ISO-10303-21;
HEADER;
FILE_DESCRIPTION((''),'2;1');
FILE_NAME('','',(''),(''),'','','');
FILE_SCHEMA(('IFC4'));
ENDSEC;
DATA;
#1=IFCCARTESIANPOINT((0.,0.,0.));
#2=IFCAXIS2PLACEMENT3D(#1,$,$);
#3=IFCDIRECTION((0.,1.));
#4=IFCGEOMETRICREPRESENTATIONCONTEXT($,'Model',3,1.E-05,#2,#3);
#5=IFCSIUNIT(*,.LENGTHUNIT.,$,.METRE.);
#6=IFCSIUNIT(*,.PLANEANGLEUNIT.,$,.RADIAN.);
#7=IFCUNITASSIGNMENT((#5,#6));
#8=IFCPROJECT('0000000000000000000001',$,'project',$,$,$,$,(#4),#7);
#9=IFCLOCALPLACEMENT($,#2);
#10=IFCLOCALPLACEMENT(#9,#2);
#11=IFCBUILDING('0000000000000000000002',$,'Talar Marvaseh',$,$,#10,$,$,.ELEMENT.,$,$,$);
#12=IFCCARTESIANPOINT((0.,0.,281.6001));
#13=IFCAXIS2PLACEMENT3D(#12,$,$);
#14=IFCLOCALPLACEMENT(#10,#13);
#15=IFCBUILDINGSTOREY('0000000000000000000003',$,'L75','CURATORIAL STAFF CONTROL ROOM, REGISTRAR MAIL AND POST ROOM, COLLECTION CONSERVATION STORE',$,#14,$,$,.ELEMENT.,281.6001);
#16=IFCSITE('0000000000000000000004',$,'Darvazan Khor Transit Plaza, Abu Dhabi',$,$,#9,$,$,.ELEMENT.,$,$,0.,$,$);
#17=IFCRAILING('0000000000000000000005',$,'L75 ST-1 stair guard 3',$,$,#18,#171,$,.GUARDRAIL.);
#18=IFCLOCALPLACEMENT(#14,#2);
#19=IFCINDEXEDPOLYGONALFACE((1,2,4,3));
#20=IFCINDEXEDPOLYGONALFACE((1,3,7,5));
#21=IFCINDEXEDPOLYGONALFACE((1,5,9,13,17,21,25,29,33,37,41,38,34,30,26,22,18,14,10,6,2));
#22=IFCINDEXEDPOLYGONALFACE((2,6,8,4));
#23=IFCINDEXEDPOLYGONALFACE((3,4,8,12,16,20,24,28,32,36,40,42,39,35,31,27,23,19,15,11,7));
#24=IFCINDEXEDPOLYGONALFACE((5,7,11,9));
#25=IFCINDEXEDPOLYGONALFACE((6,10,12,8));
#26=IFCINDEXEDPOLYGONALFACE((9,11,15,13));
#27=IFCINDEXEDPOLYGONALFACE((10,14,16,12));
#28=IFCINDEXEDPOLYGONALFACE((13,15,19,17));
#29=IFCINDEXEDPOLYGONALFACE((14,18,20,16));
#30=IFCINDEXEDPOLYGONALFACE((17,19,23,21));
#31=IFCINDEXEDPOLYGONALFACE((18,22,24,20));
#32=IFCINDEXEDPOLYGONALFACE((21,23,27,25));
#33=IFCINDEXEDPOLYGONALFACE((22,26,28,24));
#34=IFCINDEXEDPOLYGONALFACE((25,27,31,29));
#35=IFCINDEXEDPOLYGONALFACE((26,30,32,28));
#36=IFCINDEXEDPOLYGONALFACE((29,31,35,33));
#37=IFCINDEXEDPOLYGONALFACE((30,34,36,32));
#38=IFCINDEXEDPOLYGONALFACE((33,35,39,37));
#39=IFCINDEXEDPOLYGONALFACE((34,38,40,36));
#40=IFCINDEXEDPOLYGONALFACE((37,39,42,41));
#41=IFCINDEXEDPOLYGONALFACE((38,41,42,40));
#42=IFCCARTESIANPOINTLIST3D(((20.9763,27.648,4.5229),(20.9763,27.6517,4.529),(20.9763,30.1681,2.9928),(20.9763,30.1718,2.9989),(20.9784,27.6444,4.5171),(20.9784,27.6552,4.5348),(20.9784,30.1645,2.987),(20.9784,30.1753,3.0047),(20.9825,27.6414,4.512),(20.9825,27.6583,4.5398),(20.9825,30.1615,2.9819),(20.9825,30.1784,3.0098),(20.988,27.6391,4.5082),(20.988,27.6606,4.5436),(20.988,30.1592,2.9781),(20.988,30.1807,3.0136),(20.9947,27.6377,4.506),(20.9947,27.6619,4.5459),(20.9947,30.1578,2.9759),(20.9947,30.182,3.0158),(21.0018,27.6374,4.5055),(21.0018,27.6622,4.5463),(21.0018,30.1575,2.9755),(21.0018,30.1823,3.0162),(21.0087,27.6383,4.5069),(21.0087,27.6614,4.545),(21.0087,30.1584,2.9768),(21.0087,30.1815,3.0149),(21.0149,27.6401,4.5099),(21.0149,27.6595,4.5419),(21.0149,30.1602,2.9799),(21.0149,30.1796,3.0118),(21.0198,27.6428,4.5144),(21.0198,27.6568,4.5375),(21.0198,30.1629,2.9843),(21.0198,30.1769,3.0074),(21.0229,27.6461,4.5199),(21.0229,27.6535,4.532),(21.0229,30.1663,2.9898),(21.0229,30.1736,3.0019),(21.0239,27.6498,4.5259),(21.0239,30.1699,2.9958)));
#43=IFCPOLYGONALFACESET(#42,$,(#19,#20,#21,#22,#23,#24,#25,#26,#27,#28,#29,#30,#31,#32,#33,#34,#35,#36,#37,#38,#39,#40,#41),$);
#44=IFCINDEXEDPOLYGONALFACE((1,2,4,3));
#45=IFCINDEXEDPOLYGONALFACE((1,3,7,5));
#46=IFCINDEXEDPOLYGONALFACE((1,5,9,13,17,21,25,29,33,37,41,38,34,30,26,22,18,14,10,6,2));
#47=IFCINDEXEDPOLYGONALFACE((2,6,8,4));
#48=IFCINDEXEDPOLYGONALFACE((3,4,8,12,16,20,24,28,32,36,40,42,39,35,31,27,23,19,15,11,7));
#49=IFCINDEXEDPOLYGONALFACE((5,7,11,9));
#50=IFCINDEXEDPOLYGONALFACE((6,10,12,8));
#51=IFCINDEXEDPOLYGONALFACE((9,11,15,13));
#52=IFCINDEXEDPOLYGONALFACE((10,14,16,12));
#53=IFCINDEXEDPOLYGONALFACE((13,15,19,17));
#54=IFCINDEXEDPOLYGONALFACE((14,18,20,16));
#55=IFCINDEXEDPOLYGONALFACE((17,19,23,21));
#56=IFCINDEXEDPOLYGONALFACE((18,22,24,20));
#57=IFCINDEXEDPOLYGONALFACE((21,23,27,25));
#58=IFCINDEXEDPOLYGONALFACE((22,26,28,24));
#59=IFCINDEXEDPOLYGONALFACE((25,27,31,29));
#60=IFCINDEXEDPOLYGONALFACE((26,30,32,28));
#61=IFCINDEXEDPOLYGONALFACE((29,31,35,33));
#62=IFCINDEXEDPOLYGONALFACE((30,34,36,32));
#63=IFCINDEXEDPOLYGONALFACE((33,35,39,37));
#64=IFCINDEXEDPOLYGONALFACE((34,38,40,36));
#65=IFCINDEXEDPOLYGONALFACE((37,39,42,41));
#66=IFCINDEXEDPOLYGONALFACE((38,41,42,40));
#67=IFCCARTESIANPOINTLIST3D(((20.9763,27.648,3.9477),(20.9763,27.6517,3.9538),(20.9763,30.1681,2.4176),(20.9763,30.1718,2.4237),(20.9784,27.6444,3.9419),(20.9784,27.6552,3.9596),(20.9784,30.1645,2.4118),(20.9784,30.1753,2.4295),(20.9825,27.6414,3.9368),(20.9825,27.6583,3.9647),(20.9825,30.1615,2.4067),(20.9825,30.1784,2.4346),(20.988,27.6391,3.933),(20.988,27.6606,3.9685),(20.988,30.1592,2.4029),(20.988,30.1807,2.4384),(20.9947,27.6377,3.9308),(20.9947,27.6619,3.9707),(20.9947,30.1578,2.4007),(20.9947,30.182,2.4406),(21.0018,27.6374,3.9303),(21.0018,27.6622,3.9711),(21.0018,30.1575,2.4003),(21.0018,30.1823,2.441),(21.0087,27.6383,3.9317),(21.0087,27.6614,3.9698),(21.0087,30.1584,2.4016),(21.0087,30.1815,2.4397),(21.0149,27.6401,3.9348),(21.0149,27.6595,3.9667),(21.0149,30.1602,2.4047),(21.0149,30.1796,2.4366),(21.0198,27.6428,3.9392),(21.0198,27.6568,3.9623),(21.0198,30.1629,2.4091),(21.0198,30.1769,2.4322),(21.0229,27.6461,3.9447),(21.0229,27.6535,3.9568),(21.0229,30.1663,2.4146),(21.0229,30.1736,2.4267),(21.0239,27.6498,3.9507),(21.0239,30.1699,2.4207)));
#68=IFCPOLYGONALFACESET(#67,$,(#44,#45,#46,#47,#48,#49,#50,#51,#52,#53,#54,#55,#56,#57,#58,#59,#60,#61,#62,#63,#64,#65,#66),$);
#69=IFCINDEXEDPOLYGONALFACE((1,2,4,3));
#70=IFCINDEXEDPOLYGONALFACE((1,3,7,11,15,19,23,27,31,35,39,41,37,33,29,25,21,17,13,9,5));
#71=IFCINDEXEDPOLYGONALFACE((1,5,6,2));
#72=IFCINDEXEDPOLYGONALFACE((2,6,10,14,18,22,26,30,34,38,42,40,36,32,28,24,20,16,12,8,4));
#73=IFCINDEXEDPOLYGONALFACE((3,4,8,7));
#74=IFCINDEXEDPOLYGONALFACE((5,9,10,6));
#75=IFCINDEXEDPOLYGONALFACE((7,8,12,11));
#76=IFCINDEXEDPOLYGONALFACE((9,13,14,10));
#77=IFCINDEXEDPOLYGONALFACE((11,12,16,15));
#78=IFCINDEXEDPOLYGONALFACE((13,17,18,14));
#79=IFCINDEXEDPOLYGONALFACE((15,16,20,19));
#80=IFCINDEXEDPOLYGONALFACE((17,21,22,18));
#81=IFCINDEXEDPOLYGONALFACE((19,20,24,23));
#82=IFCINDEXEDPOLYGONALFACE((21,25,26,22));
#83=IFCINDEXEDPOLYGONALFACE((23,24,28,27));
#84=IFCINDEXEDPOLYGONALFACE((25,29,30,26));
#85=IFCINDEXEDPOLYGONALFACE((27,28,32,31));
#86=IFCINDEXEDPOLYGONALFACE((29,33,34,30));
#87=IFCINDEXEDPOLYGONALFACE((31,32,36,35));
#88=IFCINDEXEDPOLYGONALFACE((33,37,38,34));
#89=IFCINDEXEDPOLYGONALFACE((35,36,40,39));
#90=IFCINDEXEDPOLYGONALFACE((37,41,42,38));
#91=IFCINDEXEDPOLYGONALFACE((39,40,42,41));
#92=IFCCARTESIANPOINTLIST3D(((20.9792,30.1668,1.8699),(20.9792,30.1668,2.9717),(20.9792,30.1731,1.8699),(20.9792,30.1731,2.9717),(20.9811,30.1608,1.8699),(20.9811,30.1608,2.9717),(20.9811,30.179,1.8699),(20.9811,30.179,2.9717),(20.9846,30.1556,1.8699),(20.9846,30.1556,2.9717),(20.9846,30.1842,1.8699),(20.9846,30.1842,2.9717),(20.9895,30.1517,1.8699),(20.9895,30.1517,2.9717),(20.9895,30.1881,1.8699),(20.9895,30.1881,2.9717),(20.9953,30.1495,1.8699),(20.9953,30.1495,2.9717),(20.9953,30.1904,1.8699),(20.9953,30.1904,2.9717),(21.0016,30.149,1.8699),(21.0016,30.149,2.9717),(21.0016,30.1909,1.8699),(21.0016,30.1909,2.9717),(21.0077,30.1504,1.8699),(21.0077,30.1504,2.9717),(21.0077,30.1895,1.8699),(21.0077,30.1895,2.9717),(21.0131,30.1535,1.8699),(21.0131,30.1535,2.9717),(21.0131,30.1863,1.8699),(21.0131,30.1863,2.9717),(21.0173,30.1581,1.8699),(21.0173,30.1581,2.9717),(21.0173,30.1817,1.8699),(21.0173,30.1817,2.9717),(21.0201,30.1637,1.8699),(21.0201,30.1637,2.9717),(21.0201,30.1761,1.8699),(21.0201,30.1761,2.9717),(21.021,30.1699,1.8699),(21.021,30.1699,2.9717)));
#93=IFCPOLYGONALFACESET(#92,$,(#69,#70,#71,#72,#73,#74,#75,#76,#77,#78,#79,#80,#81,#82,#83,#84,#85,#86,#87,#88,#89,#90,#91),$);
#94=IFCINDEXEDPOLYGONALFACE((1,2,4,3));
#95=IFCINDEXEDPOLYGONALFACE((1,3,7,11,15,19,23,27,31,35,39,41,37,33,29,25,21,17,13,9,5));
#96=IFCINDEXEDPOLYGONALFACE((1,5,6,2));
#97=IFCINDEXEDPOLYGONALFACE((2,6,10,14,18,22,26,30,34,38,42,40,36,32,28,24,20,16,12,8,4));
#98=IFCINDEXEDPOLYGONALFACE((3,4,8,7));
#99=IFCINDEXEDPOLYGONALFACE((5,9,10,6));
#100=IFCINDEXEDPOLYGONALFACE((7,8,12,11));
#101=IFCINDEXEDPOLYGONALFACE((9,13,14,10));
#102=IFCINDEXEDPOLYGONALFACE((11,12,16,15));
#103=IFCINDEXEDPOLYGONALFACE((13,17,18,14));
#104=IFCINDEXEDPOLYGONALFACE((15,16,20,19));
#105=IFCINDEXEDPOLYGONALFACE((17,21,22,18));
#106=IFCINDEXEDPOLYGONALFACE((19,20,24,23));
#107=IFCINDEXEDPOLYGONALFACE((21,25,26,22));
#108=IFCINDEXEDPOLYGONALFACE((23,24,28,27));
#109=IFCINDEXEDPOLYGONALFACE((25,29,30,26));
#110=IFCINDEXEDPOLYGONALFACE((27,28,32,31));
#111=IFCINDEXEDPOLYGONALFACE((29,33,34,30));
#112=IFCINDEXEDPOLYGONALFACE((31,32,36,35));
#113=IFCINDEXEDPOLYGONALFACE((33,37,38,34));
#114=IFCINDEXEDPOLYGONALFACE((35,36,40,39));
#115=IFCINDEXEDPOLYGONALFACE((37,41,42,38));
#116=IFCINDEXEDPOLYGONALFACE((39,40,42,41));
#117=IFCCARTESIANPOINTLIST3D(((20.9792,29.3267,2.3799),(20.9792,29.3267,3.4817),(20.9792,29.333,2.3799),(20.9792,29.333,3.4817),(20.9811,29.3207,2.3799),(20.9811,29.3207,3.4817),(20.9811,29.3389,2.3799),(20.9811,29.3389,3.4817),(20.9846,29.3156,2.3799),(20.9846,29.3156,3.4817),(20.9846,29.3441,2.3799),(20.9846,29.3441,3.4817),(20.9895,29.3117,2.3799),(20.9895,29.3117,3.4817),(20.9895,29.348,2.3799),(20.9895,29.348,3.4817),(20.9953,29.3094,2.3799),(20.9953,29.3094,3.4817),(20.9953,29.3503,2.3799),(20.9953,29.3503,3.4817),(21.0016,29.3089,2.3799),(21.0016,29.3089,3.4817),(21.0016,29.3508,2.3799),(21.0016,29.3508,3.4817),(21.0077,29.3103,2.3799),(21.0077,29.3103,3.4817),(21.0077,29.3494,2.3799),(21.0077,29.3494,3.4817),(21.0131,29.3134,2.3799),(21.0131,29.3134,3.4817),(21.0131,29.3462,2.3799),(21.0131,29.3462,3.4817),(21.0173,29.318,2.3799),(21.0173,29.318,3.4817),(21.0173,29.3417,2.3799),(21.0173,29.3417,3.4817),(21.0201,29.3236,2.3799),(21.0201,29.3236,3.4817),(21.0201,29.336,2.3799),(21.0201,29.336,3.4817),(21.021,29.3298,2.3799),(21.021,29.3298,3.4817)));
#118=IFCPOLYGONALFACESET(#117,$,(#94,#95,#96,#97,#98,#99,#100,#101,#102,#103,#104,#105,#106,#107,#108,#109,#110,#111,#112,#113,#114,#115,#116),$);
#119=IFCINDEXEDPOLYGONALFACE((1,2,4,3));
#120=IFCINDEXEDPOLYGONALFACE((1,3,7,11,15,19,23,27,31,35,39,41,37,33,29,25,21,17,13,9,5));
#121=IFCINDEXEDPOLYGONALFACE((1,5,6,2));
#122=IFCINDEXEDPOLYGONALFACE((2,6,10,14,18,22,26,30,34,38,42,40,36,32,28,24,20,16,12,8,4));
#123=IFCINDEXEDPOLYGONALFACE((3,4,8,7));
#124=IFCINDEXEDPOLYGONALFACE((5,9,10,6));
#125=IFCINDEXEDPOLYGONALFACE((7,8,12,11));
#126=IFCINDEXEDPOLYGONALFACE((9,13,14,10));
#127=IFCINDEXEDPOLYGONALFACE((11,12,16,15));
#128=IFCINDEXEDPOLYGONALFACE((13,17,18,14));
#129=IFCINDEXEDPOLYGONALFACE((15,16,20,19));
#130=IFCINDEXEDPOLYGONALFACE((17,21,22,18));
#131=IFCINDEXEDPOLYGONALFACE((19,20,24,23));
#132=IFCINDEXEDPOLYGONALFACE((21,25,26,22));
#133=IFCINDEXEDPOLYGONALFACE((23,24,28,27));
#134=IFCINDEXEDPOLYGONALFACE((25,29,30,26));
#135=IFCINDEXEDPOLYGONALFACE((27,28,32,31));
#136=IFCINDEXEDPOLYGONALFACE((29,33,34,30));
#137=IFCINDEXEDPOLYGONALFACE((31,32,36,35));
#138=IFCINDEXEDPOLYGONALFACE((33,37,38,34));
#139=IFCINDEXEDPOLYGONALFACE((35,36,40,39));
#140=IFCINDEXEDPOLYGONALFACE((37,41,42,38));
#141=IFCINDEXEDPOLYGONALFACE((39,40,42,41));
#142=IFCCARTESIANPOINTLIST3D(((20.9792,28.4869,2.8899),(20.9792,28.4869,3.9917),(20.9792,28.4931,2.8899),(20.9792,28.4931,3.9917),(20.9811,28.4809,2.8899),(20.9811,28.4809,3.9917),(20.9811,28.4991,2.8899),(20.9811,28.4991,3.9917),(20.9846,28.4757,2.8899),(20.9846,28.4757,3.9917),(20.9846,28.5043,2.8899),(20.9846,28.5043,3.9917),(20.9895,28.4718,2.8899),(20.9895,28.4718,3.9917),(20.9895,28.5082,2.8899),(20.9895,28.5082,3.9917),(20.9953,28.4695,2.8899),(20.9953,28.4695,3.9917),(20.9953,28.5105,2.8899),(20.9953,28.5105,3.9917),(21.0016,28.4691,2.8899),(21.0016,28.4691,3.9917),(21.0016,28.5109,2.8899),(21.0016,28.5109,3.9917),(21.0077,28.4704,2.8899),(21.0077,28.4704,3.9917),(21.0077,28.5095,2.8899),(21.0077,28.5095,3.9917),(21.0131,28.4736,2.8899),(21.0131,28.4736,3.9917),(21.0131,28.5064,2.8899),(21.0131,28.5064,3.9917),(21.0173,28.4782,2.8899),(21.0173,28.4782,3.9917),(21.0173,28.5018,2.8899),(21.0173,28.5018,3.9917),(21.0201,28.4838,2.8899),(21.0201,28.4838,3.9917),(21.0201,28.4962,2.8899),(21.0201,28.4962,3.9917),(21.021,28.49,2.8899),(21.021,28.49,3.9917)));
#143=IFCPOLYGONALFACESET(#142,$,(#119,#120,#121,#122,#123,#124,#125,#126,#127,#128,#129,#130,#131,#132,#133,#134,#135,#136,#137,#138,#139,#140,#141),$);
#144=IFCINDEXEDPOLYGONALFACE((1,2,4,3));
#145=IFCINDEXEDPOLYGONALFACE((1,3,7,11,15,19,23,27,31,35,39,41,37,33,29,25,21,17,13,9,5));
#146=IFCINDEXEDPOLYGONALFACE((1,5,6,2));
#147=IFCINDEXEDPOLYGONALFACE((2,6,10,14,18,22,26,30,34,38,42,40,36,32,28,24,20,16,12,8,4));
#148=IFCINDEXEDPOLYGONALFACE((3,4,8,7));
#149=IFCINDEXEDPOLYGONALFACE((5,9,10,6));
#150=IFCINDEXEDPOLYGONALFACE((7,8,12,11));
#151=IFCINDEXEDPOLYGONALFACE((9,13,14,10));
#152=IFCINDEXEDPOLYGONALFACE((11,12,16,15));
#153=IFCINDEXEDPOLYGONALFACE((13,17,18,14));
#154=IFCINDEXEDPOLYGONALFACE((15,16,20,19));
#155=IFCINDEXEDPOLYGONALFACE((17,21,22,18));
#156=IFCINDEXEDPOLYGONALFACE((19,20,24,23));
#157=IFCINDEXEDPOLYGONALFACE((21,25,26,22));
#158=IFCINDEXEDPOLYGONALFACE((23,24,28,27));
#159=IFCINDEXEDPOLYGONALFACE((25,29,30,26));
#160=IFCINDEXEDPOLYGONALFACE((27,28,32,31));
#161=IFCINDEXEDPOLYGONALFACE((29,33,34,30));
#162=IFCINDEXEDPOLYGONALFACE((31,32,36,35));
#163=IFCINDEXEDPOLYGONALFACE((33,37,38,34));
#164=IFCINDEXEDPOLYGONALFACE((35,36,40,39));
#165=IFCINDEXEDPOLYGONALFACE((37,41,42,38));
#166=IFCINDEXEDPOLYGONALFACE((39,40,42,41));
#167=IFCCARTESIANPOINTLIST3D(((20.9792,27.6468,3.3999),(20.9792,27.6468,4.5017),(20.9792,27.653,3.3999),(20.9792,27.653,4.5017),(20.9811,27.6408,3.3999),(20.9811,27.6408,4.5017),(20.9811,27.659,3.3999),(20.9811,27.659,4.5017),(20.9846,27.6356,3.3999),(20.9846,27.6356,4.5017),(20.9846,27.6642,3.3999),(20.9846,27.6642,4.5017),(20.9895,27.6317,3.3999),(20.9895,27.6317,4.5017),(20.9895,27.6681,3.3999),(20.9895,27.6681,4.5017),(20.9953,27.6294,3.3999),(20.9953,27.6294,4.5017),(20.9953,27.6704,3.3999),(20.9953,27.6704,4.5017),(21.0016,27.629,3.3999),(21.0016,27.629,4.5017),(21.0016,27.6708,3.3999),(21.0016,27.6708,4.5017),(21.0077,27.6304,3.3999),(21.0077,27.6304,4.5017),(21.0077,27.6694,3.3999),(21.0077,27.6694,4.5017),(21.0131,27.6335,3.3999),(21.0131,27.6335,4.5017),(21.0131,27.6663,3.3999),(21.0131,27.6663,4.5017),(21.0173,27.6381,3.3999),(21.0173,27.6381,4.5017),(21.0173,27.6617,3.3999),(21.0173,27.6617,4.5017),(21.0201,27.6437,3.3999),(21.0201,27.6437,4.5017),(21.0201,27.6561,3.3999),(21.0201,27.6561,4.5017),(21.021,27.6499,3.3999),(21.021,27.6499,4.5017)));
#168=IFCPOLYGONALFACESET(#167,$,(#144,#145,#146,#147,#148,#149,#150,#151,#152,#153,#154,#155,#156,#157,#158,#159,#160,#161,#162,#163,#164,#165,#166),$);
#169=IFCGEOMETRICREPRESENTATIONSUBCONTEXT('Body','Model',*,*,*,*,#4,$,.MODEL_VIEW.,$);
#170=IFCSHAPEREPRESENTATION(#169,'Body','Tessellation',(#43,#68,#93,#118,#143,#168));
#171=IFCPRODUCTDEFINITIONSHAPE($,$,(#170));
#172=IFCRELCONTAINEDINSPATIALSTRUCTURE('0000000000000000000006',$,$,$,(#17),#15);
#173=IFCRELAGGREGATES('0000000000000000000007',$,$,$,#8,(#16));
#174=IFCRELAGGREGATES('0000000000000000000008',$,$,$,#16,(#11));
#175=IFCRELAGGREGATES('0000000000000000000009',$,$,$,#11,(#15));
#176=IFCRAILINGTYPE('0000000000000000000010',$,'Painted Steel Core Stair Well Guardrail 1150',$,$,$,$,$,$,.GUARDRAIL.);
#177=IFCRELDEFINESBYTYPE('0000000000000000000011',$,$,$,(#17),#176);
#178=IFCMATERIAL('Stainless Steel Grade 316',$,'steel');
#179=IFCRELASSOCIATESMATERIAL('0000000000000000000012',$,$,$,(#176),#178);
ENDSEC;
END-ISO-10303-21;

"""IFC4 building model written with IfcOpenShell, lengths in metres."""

from ifc_helpers import new_model, si_unit, direction, frame, origin, origin_2d, place, context, subcontext, project, spatial, circle, extrude, material, type_object, element, save


model = new_model("IFC4")

# Units and contexts
model_context = context("Model", 3, precision=1e-05, world=origin(), true_north=direction((0.0, 1.0)))
body_context = subcontext(model_context, "Body", "Model", "MODEL_VIEW")
ifc_project = project(units=[si_unit("LENGTHUNIT", "METRE"), si_unit("PLANEANGLEUNIT", "RADIAN")], contexts=[model_context])

# Site, building, storey
site_placement = place(None, origin())
site = spatial("IfcSite", under=ifc_project, at=site_placement, Name="Darvazan Khor Transit Plaza, Abu Dhabi", CompositionType="ELEMENT", RefElevation=0.0)
building_placement = place(site_placement, origin())
building = spatial("IfcBuilding", under=site, at=building_placement, Name="Talar Marvaseh", CompositionType="ELEMENT")
storey_placement = place(building_placement, frame((0.0, 0.0, 281.6001)))
storey = spatial("IfcBuildingStorey", under=building, at=storey_placement, Name="L75", Description="CURATORIAL STAFF CONTROL ROOM, REGISTRAR MAIL AND POST ROOM, COLLECTION CONSERVATION STORE", CompositionType="ELEMENT", Elevation=281.6001)

# Railing
ifc_material_1 = material(Name="Stainless Steel Grade 316", Category="steel")
railing_type_1 = type_object("IfcRailingType", Name="Painted Steel Core Stair Well Guardrail 1150", PredefinedType="GUARDRAIL", material=ifc_material_1)
railing_1_placement = place(storey_placement, frame((21.0, 30.1699, 1.8699)))
element("IfcRailing", 1, at=railing_1_placement, inside=storey, type_object=railing_type_1, Name="L75 ST-1 stair guard 3", PredefinedType="GUARDRAIL", context=body_context, shape_type="SweptSolid", body=[
    extrude(circle(Radius=0.0239, at=origin_2d()), frame((0.0, 0.0, 1.126), z_axis=(0.0, -0.854785, 0.518982), x_axis=(1.0, 0.0, 0.0)), (0.0, 0.0, 1.0), 2.9482),
    extrude(circle(Radius=0.0239, at=origin_2d()), frame((0.0, 0.0, 0.5508), z_axis=(0.0, -0.854785, 0.518982), x_axis=(1.0, 0.0, 0.0)), (0.0, 0.0, 1.0), 2.9482),
    extrude(circle(Radius=0.021, at=origin_2d()), origin(), (0.0, 0.0, 1.0), 1.1018),
    extrude(circle(Radius=0.021, at=origin_2d()), frame((0.0, -0.8401, 0.51)), (0.0, 0.0, 1.0), 1.1018),
    extrude(circle(Radius=0.021, at=origin_2d()), frame((0.0, -1.6799, 1.02)), (0.0, 0.0, 1.0), 1.1018),
    extrude(circle(Radius=0.021, at=origin_2d()), frame((0.0, -2.52, 1.53)), (0.0, 0.0, 1.0), 1.1018),
])

save(model, "model.ifc")
